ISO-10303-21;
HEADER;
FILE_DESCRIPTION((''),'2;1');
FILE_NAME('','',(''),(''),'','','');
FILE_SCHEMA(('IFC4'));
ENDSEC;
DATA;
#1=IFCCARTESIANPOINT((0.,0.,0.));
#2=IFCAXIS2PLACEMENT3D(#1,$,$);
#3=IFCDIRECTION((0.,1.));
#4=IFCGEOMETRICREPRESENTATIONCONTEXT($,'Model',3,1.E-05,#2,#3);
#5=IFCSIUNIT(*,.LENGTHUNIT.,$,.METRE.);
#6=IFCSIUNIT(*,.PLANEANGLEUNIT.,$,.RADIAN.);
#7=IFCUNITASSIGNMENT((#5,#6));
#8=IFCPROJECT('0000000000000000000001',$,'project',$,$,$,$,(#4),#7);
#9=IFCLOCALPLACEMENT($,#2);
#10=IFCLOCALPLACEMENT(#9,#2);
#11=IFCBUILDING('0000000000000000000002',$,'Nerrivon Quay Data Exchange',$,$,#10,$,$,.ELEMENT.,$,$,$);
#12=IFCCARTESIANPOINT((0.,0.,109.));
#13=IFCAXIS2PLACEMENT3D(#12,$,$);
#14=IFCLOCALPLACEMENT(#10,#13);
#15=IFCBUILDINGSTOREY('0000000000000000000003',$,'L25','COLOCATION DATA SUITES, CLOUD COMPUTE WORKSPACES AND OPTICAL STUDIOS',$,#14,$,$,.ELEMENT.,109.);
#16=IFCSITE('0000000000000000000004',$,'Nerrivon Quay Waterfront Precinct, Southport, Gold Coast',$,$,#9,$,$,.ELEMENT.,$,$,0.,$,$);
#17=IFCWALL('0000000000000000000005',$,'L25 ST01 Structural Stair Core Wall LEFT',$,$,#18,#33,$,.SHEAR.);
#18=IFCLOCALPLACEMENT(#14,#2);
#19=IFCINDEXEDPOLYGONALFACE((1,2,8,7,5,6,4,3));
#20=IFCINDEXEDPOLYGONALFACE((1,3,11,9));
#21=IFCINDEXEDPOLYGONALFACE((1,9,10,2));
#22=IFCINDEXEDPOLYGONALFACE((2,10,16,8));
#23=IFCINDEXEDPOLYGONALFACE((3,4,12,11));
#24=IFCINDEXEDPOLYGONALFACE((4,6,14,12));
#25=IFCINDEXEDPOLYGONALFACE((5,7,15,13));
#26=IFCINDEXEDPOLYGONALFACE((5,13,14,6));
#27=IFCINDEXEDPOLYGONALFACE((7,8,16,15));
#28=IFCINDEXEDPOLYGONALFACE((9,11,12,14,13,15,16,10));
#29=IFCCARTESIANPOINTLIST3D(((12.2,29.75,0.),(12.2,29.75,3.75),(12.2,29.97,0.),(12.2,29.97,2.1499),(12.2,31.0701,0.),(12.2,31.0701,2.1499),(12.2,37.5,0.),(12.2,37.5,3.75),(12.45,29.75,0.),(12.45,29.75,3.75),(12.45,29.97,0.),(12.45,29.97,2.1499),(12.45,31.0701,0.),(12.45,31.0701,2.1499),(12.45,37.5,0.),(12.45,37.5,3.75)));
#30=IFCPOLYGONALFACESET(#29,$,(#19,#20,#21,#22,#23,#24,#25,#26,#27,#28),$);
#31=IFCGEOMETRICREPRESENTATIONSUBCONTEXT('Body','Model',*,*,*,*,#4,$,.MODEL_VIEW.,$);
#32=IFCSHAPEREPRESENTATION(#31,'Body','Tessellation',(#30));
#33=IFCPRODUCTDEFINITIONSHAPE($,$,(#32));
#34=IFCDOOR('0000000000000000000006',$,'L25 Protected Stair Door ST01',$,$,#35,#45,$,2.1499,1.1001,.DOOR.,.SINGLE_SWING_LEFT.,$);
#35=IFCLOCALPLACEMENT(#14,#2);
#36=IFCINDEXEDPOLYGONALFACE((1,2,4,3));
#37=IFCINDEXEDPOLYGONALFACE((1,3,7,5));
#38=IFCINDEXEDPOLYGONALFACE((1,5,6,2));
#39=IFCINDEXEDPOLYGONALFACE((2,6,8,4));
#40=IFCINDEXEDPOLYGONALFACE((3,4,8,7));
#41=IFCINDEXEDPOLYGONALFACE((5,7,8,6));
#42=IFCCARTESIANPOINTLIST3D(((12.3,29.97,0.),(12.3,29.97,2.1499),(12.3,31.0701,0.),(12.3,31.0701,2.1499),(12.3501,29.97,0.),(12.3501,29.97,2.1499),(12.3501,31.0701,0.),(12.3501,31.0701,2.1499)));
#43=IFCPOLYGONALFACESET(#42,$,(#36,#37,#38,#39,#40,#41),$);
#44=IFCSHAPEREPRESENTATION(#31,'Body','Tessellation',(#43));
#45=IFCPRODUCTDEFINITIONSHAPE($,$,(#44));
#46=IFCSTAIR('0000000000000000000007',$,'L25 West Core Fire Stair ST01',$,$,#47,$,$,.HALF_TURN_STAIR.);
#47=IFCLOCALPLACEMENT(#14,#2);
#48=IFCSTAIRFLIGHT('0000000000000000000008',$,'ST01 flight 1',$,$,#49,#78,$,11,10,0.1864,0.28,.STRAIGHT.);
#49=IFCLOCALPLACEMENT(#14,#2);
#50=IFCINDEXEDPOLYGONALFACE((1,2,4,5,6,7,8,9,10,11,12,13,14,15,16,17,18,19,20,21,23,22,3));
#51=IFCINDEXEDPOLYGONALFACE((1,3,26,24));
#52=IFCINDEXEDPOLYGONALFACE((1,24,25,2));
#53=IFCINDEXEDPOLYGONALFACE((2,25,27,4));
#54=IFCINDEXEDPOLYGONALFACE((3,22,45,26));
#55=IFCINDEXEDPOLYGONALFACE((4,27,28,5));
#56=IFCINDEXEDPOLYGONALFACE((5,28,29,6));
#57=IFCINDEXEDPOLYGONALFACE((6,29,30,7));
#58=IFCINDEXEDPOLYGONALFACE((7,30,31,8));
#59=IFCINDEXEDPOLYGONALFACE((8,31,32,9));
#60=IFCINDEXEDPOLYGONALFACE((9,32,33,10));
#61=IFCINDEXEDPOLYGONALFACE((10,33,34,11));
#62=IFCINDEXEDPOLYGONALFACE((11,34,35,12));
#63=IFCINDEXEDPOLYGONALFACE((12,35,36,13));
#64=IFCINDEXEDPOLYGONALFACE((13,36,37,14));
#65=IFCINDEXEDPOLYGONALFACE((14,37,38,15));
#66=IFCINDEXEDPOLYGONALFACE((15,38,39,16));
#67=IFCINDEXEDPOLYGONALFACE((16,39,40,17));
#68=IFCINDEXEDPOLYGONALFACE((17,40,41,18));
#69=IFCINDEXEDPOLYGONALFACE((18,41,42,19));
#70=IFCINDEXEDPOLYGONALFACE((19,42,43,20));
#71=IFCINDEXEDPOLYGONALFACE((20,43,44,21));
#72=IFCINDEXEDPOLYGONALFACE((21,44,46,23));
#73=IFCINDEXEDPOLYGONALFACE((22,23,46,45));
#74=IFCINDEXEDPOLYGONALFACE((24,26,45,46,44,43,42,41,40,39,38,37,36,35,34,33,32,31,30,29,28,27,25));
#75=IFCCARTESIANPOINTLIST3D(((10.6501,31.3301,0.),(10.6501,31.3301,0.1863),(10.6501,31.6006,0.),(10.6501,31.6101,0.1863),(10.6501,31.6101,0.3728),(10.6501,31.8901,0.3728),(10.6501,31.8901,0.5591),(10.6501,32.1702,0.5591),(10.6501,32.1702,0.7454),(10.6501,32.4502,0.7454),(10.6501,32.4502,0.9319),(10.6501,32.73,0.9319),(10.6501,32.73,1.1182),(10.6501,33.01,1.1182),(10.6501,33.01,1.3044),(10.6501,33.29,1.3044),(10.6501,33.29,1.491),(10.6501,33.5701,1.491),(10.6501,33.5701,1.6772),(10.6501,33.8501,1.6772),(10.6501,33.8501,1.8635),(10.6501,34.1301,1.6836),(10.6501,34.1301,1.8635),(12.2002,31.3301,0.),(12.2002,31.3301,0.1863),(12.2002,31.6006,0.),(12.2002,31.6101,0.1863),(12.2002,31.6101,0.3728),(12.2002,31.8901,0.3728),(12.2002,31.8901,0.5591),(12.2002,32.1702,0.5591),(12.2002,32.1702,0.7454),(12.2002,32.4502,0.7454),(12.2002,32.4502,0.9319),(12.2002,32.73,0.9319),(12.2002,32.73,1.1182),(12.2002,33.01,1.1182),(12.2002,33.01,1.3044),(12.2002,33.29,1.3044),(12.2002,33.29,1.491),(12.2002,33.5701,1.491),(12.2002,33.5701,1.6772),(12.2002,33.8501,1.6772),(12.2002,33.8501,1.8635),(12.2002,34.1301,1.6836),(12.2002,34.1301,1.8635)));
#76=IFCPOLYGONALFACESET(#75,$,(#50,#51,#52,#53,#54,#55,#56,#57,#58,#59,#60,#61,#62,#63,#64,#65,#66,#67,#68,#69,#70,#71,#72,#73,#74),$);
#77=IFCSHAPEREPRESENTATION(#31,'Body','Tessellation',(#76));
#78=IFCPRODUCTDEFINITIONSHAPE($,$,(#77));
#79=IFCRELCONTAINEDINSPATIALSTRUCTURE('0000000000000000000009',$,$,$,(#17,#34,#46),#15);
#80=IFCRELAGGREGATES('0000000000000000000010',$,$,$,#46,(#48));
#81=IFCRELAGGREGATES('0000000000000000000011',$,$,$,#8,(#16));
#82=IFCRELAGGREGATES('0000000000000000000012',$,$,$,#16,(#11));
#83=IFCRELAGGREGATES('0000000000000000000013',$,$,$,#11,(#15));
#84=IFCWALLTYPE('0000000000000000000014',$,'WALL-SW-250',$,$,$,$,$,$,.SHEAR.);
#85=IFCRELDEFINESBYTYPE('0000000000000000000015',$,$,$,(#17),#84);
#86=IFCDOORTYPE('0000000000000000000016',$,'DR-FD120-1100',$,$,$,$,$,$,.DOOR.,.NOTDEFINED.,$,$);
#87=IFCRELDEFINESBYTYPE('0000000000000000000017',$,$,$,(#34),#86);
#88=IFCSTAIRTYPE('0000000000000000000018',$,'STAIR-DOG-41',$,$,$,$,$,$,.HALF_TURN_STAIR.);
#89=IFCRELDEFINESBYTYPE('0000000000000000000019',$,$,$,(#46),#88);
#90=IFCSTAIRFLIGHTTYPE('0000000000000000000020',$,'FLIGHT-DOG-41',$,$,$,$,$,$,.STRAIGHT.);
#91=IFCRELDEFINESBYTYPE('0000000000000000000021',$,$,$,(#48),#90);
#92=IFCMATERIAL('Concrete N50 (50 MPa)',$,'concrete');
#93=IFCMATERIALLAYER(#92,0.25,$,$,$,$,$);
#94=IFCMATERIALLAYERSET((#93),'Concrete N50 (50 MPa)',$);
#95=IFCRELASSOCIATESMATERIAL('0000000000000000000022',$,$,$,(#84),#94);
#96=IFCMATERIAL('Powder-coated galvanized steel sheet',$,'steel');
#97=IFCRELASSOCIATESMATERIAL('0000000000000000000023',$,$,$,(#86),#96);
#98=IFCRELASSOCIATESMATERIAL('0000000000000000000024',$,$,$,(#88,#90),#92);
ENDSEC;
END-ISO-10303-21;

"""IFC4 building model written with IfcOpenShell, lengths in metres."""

from ifc_helpers import new_model, si_unit, direction, frame, frame_2d, origin, place, context, subcontext, project, spatial, polyline, rectangle, outline, extrude, material, layer, layer_set, type_object, element, fill, aggregate, save


model = new_model("IFC4")

# Units and contexts
model_context = context("Model", 3, precision=1e-05, world=origin(), true_north=direction((0.0, 1.0)))
body_context = subcontext(model_context, "Body", "Model", "MODEL_VIEW")
ifc_project = project(units=[si_unit("LENGTHUNIT", "METRE"), si_unit("PLANEANGLEUNIT", "RADIAN")], contexts=[model_context])

# Site, building, storey
site_placement = place(None, origin())
site = spatial("IfcSite", under=ifc_project, at=site_placement, Name="Nerrivon Quay Waterfront Precinct, Southport, Gold Coast", CompositionType="ELEMENT", RefElevation=0.0)
building_placement = place(site_placement, origin())
building = spatial("IfcBuilding", under=site, at=building_placement, Name="Nerrivon Quay Data Exchange", CompositionType="ELEMENT")
storey_placement = place(building_placement, frame((0.0, 0.0, 109.0)))
storey = spatial("IfcBuildingStorey", under=building, at=storey_placement, Name="L25", Description="COLOCATION DATA SUITES, CLOUD COMPUTE WORKSPACES AND OPTICAL STUDIOS", CompositionType="ELEMENT", Elevation=109.0)

# Shared definitions
ifc_material_1 = material(Name="Powder-coated galvanized steel sheet", Category="steel")

# Shared definitions
ifc_material_2 = material(Name="Concrete N50 (50 MPa)", Category="concrete")
ifc_layer_1 = layer(ifc_material_2, 0.25)
ifc_layer_set_1 = layer_set([ifc_layer_1], Name="Concrete N50 (50 MPa)")
wall_type_1 = type_object("IfcWallType", Name="WALL-SW-250", PredefinedType="SHEAR", material=ifc_layer_set_1)

# Wall, opening, door
wall_1_placement = place(storey_placement, frame((12.325, 29.75, 0.0), z_axis=(0.0, 0.0, 1.0), x_axis=(0.0, 1.0, 0.0)))
wall_1 = element("IfcWall", 1, at=wall_1_placement, inside=storey, type_object=wall_type_1, Name="L25 ST01 Structural Stair Core Wall LEFT", PredefinedType="SHEAR", context=body_context, shape_type="SweptSolid", body=[
    extrude(rectangle(XDim=7.75, YDim=0.25, at=frame_2d((3.875, 0.0))), origin(), (0.0, 0.0, 1.0), 3.75),
])
opening_1_placement = place(wall_1_placement, frame((0.22, 0.0, 0.0)))
opening_1 = element("IfcOpeningElement", 2, at=opening_1_placement, cuts=wall_1, PredefinedType="OPENING", context=body_context, shape_type="SweptSolid", body=[
    extrude(rectangle(XDim=1.1001, YDim=2.1499, at=frame_2d((0.55, 1.075))), frame((0.0, 0.135, 0.0), z_axis=(0.0, -1.0, 0.0), x_axis=(1.0, 0.0, 0.0)), (0.0, 0.0, 1.0), 0.27),
])
door_type_1 = type_object("IfcDoorType", Name="DR-FD120-1100", OperationType="NOTDEFINED", PredefinedType="DOOR", material=ifc_material_1)
door_1_placement = place(opening_1_placement, origin())
door_1 = element("IfcDoor", 3, at=door_1_placement, inside=storey, type_object=door_type_1, Name="L25 Protected Stair Door ST01", OperationType="SINGLE_SWING_LEFT", OverallHeight=2.1499, OverallWidth=1.1001, PredefinedType="DOOR", context=body_context, shape_type="SweptSolid", body=[
    extrude(rectangle(XDim=1.1001, YDim=2.1499, at=frame_2d((0.55, 1.075))), frame((0.0, 0.0249, 0.0), z_axis=(0.0, -1.0, 0.0), x_axis=(1.0, 0.0, 0.0)), (0.0, 0.0, 1.0), 0.05),
])
fill(opening_1, door_1)

# Stair, stair flight
stair_type = type_object("IfcStairType", Name="STAIR-DOG-41", PredefinedType="HALF_TURN_STAIR", material=ifc_material_2)
stair_placement = place(storey_placement, origin())
stair = element("IfcStair", 4, at=stair_placement, inside=storey, type_object=stair_type, Name="L25 West Core Fire Stair ST01", PredefinedType="HALF_TURN_STAIR")
stair_flight_type = type_object("IfcStairFlightType", Name="FLIGHT-DOG-41", PredefinedType="STRAIGHT", material=ifc_material_2)
stair_flight_placement = place(storey_placement, frame((11.425, 31.3301, 0.0), z_axis=(0.0, 0.0, 1.0), x_axis=(0.0, 1.0, 0.0)))
stair_flight = element("IfcStairFlight", 5, at=stair_flight_placement, type_object=stair_flight_type, Name="ST01 flight 1", NumberOfRisers=11, NumberOfTreads=10, PredefinedType="STRAIGHT", RiserHeight=0.1864, TreadLength=0.28, context=body_context, shape_type="SweptSolid", body=[
    extrude(outline(polyline([(0.0, 0.0), (0.0, 0.1863), (0.28, 0.1863), (0.28, 0.3728), (0.5601, 0.3728), (0.5601, 0.5591), (0.8401, 0.5591), (0.8401, 0.7454), (1.1201, 0.7454), (1.1201, 0.9319), (1.3999, 0.9319), (1.3999, 1.1182), (1.6799, 1.1182), (1.6799, 1.3044), (1.96, 1.3044), (1.96, 1.491), (2.24, 1.491), (2.24, 1.6772), (2.52, 1.6772), (2.52, 1.8635), (2.8, 1.8635), (2.8, 2.05), (2.8, 1.6836), (0.2705, 0.0), (0.0, 0.0)])), frame((0.0, 0.7749, 0.0), z_axis=(0.0, -1.0, 0.0), x_axis=(1.0, 0.0, 0.0)), (0.0, 0.0, 1.0), 1.55),
])
aggregate(stair, [stair_flight])

save(model, "model.ifc")
